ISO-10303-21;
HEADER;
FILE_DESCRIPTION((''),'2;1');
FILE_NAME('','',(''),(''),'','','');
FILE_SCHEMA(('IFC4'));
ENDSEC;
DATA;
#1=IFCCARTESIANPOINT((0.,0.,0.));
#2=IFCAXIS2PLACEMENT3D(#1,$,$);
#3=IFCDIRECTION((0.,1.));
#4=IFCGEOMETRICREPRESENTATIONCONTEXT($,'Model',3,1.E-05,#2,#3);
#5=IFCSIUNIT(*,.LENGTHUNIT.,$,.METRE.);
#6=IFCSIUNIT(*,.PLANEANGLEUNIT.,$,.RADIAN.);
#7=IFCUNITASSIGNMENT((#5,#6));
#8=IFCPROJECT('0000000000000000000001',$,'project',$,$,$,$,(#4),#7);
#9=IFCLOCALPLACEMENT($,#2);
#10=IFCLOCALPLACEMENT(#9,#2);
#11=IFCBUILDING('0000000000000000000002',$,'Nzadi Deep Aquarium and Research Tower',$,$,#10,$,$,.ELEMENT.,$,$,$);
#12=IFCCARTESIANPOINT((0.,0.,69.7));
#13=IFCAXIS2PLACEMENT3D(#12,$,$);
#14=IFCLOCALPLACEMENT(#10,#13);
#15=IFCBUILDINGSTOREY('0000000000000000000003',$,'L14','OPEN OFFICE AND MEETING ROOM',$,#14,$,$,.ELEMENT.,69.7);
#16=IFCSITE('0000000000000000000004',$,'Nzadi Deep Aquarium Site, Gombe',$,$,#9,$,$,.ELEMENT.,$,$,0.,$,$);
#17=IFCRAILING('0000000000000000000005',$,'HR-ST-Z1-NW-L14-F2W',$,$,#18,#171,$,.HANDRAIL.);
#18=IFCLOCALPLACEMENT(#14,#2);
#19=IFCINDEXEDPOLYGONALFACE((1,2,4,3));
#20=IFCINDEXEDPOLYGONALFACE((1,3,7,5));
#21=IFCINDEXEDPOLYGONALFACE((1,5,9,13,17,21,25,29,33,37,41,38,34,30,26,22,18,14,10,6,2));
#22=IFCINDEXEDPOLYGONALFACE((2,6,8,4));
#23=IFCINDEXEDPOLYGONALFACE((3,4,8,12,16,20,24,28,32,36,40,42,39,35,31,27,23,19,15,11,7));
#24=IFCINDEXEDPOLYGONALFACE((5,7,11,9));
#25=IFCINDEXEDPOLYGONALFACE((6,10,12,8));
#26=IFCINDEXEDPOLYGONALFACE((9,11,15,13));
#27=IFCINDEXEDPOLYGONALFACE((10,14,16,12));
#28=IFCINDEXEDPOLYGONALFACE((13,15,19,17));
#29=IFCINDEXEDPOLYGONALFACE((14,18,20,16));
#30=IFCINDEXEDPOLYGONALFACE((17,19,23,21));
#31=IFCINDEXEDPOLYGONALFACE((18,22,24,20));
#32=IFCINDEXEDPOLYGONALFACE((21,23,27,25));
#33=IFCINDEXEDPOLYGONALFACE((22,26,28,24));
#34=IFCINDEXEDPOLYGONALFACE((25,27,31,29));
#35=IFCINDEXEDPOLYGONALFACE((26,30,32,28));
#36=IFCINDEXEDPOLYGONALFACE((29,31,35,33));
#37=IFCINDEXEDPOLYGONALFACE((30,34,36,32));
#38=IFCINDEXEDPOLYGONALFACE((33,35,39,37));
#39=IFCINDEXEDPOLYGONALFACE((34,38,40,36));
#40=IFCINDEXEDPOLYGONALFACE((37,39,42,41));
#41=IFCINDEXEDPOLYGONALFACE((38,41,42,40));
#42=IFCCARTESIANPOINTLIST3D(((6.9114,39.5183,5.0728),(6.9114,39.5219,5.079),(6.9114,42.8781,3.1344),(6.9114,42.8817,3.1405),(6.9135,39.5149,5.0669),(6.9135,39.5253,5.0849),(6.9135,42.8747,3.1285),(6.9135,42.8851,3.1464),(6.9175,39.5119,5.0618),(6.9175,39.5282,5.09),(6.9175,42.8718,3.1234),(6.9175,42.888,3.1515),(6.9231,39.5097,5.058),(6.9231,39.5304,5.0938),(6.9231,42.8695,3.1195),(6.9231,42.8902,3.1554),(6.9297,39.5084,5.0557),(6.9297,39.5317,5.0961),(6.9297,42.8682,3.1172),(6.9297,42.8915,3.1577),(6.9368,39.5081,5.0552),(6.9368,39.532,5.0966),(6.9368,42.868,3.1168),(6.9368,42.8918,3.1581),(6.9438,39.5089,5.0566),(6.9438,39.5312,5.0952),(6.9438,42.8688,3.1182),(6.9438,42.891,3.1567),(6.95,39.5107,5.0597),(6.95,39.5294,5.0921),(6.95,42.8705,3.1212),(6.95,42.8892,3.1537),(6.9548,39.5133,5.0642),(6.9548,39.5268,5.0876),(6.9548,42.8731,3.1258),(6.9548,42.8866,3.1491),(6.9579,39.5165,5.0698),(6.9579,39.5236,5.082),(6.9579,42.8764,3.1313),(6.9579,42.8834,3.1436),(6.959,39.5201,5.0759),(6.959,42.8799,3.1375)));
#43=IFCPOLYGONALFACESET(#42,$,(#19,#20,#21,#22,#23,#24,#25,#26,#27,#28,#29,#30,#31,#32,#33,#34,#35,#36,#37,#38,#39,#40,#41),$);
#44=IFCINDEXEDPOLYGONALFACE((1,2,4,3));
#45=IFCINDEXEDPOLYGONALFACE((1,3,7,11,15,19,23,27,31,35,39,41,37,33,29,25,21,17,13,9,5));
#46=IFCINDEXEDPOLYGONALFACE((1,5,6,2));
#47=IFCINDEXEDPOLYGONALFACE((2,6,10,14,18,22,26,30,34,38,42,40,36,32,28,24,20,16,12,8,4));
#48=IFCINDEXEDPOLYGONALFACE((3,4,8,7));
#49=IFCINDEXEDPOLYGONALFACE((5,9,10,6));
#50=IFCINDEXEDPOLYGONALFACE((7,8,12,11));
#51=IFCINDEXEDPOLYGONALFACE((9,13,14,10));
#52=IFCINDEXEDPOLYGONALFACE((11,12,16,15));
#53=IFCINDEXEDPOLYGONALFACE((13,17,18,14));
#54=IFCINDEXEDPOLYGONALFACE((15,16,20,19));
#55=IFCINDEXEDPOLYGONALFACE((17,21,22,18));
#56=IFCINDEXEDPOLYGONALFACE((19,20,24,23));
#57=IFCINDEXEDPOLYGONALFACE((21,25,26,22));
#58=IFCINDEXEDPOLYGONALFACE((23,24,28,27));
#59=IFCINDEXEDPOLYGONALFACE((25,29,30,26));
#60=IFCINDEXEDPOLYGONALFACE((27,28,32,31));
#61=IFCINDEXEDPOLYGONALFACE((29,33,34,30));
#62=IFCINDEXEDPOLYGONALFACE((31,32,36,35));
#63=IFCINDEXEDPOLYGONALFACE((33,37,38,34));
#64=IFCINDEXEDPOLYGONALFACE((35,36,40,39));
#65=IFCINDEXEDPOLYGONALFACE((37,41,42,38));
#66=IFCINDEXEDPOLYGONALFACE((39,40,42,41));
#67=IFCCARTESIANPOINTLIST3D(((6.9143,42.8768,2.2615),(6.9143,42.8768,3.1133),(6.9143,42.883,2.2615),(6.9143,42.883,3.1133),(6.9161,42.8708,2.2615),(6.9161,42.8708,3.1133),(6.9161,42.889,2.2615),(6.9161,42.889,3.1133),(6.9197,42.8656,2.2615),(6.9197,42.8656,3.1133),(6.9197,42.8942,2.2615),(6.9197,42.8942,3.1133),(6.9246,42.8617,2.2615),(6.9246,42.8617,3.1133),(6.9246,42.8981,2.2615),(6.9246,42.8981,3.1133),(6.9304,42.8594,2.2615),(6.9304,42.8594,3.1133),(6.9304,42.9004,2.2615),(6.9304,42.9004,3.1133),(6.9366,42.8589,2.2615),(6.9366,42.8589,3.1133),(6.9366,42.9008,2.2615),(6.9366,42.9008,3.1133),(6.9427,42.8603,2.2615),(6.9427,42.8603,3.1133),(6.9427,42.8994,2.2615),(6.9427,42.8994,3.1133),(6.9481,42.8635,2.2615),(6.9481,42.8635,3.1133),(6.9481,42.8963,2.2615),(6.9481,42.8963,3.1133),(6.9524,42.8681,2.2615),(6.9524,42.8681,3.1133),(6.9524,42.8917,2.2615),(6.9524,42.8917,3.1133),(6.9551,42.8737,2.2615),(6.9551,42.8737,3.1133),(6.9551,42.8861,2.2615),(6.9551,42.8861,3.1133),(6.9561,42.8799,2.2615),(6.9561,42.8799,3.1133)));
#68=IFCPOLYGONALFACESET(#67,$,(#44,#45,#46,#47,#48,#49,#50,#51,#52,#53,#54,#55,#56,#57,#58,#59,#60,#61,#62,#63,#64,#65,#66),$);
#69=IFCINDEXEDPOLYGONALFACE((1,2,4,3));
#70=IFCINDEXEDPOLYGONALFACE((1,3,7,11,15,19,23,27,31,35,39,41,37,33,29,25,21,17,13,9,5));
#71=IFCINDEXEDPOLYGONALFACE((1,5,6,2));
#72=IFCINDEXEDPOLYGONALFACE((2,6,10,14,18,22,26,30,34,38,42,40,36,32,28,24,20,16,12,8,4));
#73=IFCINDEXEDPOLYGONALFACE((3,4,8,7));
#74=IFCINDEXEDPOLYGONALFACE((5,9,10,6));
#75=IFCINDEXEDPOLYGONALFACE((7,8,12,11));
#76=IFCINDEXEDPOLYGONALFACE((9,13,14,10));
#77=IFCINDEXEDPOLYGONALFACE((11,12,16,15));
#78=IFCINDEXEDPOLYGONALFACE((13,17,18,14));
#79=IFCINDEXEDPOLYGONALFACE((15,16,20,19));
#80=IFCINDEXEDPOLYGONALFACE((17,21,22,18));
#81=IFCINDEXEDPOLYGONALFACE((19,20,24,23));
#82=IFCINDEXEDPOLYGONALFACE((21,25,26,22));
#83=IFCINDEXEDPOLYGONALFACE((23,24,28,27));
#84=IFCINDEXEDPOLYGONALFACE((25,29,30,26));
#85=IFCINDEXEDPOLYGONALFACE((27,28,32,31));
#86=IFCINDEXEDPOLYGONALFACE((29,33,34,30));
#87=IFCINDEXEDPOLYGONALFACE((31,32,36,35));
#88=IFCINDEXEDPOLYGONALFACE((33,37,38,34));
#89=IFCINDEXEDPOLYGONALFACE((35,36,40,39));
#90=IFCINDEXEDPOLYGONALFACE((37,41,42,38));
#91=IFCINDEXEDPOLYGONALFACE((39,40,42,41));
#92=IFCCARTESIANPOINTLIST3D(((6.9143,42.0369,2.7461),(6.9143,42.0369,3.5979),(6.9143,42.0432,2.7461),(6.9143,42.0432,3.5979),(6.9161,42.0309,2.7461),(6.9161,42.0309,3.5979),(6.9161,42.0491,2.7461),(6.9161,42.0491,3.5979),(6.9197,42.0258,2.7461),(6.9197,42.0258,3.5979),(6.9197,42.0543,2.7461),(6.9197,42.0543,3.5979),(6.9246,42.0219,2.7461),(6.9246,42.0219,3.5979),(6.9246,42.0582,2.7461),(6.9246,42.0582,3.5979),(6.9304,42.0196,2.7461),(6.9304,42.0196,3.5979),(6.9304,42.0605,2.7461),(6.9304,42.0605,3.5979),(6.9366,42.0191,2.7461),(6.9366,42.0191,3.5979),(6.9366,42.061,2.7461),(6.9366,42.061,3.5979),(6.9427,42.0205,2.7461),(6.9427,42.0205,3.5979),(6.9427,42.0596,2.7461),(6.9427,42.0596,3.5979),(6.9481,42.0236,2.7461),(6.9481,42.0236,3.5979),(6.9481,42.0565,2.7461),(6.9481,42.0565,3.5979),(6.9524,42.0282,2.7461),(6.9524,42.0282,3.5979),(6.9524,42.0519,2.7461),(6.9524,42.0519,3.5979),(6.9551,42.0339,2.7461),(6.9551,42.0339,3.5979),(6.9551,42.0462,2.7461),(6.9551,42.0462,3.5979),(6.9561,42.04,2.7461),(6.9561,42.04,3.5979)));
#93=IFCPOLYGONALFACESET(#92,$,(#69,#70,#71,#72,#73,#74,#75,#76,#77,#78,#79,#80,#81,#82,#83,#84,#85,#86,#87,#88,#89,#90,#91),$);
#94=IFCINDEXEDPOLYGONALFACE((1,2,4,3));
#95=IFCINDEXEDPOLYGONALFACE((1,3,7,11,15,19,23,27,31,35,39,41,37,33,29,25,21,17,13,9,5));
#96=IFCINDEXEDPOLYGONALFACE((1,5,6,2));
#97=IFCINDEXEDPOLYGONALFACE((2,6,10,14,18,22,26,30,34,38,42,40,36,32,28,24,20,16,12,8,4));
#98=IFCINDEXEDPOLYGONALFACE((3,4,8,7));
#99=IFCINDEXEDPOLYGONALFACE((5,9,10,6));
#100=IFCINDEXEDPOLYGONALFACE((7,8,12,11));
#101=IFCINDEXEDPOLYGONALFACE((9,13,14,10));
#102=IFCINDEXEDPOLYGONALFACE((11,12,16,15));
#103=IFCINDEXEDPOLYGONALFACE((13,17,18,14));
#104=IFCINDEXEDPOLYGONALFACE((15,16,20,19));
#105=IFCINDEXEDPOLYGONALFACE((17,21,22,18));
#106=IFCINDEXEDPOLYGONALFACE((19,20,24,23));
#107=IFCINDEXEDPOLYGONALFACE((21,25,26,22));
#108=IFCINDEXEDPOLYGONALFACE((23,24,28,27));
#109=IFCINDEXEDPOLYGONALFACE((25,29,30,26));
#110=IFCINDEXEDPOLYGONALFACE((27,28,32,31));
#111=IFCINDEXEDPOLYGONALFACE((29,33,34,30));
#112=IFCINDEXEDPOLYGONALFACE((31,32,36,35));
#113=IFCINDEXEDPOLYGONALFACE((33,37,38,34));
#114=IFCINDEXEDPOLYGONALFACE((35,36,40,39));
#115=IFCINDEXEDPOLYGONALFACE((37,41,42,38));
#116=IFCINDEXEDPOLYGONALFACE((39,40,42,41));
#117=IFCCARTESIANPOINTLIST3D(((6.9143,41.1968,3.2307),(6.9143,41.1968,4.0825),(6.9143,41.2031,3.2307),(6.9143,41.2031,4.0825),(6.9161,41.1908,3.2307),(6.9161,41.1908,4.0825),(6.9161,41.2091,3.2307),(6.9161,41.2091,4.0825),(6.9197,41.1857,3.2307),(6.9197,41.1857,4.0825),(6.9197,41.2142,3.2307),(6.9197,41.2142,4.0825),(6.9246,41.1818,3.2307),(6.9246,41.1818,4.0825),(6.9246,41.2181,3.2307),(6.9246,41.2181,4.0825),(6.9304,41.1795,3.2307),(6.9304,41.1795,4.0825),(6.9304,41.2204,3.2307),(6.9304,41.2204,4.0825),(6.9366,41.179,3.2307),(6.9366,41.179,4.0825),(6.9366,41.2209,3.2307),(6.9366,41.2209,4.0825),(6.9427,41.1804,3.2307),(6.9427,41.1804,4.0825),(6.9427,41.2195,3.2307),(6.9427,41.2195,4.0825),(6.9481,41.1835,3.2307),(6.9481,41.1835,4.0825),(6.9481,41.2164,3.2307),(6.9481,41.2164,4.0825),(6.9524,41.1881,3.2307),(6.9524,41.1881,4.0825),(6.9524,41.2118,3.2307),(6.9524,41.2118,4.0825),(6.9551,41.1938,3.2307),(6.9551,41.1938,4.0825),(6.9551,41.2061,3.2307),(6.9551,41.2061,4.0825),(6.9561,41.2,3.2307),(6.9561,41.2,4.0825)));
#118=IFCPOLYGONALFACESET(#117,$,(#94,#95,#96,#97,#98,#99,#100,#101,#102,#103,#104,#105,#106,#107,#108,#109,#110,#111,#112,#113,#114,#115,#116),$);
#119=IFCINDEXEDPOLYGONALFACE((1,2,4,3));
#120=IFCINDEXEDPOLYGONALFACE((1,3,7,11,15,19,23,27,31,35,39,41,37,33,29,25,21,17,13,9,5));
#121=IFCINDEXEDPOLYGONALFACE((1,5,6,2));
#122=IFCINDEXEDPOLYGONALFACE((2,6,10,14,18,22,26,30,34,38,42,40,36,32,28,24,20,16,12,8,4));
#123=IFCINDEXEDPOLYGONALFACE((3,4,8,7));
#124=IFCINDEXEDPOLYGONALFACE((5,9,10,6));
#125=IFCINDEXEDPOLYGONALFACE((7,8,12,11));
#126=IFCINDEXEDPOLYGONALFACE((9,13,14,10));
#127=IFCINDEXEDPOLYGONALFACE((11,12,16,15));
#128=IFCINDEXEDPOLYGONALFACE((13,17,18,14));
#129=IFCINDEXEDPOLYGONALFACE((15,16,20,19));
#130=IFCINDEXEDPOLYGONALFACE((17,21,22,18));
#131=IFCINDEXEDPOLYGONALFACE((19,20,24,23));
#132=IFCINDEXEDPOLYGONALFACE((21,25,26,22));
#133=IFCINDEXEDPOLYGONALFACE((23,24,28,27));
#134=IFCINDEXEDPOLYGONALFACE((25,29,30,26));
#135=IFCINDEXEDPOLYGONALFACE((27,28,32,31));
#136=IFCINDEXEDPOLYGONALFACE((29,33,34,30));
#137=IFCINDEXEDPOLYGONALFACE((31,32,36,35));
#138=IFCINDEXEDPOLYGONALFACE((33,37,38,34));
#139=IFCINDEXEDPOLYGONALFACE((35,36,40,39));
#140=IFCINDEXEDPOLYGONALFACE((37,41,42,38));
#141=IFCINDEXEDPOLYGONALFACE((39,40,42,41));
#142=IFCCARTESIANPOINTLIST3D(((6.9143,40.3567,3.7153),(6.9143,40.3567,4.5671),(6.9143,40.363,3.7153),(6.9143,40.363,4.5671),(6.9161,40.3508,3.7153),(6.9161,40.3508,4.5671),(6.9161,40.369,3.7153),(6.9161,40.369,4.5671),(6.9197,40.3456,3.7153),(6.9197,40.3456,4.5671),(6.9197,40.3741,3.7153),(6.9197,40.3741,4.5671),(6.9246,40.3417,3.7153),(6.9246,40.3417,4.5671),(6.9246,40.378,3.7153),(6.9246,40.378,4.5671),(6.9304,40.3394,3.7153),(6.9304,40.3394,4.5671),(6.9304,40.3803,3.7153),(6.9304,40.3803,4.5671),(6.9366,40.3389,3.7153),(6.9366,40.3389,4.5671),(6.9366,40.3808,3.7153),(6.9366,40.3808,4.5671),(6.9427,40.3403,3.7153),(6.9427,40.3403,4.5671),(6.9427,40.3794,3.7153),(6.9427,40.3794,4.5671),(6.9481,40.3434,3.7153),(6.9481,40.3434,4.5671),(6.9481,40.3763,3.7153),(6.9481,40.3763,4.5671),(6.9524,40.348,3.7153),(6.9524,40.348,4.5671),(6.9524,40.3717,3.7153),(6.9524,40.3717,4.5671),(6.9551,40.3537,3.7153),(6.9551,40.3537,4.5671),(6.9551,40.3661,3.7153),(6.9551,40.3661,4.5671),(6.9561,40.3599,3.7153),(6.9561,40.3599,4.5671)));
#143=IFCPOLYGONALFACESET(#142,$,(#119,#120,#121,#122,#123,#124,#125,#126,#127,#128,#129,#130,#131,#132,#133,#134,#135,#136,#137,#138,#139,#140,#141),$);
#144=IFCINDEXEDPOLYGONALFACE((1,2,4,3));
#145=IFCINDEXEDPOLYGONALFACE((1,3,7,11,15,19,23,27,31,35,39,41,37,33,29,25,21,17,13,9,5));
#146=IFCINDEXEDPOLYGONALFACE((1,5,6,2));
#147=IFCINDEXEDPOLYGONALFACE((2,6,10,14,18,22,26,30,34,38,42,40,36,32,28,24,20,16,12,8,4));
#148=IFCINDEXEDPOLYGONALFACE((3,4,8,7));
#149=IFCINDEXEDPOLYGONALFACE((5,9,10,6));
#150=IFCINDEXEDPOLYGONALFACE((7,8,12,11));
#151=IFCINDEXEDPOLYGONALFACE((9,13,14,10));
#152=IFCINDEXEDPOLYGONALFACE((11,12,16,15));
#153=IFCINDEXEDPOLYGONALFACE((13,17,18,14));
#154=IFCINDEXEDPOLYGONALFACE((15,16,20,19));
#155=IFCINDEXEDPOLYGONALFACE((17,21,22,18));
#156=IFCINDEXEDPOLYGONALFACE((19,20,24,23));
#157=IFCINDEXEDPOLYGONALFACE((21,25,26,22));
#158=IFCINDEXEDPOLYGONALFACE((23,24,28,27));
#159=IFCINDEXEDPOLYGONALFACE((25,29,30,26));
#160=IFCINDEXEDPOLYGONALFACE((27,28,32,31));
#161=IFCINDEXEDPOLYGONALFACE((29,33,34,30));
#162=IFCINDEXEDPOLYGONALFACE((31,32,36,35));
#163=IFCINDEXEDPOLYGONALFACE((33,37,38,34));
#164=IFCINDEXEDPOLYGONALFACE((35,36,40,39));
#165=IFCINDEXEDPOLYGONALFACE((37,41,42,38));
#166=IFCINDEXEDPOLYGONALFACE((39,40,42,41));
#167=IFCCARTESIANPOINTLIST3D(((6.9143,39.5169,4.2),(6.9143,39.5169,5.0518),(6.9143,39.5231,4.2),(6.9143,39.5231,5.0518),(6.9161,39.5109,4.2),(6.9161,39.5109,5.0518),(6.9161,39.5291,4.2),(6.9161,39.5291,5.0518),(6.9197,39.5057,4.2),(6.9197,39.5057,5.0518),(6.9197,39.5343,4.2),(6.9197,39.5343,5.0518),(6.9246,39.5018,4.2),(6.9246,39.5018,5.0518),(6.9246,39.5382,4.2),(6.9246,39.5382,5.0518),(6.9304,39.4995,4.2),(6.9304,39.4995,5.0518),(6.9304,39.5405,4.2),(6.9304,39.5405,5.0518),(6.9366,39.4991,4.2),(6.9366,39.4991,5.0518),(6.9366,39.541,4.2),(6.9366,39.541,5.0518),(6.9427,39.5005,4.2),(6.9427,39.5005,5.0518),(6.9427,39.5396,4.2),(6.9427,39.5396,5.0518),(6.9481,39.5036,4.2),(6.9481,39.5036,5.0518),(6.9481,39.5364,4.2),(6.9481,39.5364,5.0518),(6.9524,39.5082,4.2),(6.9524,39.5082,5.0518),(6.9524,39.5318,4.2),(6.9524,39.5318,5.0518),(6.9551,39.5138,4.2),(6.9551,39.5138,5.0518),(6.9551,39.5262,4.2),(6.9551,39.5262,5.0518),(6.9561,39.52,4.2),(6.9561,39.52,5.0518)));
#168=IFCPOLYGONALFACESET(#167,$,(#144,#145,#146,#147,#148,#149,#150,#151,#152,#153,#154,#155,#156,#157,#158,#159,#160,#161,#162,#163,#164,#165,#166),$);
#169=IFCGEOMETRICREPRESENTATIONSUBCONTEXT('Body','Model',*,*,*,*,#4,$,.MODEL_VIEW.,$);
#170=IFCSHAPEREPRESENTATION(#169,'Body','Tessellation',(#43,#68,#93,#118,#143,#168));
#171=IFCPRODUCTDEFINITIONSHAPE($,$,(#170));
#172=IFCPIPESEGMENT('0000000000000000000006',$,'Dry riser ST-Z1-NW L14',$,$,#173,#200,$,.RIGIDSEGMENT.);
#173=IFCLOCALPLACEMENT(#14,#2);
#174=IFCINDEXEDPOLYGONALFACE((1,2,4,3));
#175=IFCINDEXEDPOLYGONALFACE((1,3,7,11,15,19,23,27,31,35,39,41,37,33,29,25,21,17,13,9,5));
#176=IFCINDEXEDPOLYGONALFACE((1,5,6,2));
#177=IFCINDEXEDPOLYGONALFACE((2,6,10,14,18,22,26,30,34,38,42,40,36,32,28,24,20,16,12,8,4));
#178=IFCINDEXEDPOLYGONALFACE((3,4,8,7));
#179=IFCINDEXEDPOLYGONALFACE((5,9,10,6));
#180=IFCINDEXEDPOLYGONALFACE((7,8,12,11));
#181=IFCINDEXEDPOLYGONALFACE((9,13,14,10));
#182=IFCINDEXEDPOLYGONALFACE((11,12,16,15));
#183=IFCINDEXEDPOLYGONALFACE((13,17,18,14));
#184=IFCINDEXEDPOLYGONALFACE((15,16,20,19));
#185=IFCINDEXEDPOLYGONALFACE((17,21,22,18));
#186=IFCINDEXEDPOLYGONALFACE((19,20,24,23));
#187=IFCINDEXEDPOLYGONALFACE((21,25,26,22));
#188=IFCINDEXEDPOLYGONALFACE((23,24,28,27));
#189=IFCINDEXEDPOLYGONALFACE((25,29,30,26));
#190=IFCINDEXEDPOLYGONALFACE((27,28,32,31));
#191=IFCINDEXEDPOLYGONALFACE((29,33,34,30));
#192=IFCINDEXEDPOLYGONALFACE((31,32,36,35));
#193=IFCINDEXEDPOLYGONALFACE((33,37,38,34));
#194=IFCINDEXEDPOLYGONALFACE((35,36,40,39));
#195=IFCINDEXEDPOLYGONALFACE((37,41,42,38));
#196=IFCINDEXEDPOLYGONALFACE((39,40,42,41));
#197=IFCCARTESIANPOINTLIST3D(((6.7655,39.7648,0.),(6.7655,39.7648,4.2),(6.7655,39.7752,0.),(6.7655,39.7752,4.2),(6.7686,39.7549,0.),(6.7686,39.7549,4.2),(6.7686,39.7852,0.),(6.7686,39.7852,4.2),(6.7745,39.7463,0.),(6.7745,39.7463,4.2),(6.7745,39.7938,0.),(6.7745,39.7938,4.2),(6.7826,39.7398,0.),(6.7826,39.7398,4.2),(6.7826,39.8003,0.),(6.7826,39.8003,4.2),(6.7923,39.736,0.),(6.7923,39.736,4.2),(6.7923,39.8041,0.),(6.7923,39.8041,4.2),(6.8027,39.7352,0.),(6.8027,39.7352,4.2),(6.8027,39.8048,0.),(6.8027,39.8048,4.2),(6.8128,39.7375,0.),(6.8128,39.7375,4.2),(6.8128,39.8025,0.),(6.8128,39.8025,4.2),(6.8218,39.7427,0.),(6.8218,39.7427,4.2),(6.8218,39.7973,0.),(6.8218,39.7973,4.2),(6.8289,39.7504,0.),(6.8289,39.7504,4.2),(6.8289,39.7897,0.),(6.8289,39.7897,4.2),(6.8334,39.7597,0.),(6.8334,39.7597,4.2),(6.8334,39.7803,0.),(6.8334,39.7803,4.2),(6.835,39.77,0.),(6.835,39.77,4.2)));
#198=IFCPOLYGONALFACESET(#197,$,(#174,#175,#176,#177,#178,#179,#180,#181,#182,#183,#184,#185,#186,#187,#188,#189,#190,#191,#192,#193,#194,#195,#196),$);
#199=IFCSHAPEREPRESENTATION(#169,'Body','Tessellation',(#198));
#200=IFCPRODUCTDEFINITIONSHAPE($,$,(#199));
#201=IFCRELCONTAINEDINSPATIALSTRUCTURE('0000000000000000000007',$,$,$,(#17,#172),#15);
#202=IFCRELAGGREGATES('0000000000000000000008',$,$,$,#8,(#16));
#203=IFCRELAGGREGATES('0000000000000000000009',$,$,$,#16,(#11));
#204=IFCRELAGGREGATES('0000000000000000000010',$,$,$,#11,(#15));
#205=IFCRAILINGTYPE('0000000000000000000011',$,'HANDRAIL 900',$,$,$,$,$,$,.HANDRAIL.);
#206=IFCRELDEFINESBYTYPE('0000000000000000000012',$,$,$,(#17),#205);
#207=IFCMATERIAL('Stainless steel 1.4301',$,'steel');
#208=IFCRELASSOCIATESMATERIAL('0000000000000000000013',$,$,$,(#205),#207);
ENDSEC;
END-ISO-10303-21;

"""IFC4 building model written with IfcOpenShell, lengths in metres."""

from ifc_helpers import new_model, si_unit, direction, frame, origin, origin_2d, place, context, subcontext, project, spatial, circle, extrude, material, type_object, element, save


model = new_model("IFC4")

# Units and contexts
model_context = context("Model", 3, precision=1e-05, world=origin(), true_north=direction((0.0, 1.0)))
body_context = subcontext(model_context, "Body", "Model", "MODEL_VIEW")
ifc_project = project(units=[si_unit("LENGTHUNIT", "METRE"), si_unit("PLANEANGLEUNIT", "RADIAN")], contexts=[model_context])

# Site, building, storey
site_placement = place(None, origin())
site = spatial("IfcSite", under=ifc_project, at=site_placement, Name="Nzadi Deep Aquarium Site, Gombe", CompositionType="ELEMENT", RefElevation=0.0)
building_placement = place(site_placement, origin())
building = spatial("IfcBuilding", under=site, at=building_placement, Name="Nzadi Deep Aquarium and Research Tower", CompositionType="ELEMENT")
storey_placement = place(building_placement, frame((0.0, 0.0, 69.7)))
storey = spatial("IfcBuildingStorey", under=building, at=storey_placement, Name="L14", Description="OPEN OFFICE AND MEETING ROOM", CompositionType="ELEMENT", Elevation=69.7)

# Railing
ifc_material_1 = material(Name="Stainless steel 1.4301", Category="steel")
railing_type = type_object("IfcRailingType", Name="HANDRAIL 900", PredefinedType="HANDRAIL", material=ifc_material_1)
for number, where, name in (
    (1, (6.9351, 42.8799, 2.2615), "HR-ST-Z1-NW-L14-F2W"),
):
    element("IfcRailing", number, at=place(storey_placement, frame(where)), inside=storey, type_object=railing_type, Name=name, PredefinedType="HANDRAIL", context=body_context, shape_type="SweptSolid", body=[
        extrude(circle(Radius=0.0239, at=origin_2d()), frame((0.0, 0.0, 0.876), z_axis=(0.0, -0.866175, 0.499741), x_axis=(1.0, 0.0, 0.0)), (0.0, 0.0, 1.0), 3.8789),
        extrude(circle(Radius=0.021, at=origin_2d()), origin(), (0.0, 0.0, 1.0), 0.8518),
        extrude(circle(Radius=0.021, at=origin_2d()), frame((0.0, -0.8398, 0.4846)), (0.0, 0.0, 1.0), 0.8518),
        extrude(circle(Radius=0.021, at=origin_2d()), frame((0.0, -1.6799, 0.9692)), (0.0, 0.0, 1.0), 0.8518),
        extrude(circle(Radius=0.021, at=origin_2d()), frame((0.0, -2.52, 1.4539)), (0.0, 0.0, 1.0), 0.8518),
        extrude(circle(Radius=0.021, at=origin_2d()), frame((0.0, -3.3599, 1.9385)), (0.0, 0.0, 1.0), 0.8518),
    ])

# Pipe segment
pipe_segment_placement = place(storey_placement, frame((6.8, 39.77, 0.0), z_axis=(0.0, 0.0, 1.0), x_axis=(1.0, 0.0, 0.0)))
element("IfcPipeSegment", 2, at=pipe_segment_placement, inside=storey, Name="Dry riser ST-Z1-NW L14", PredefinedType="RIGIDSEGMENT", context=body_context, shape_type="SweptSolid", body=[
    extrude(circle(Radius=0.0349, at=origin_2d()), origin(), (0.0, 0.0, 1.0), 4.2),
])

save(model, "model.ifc")
